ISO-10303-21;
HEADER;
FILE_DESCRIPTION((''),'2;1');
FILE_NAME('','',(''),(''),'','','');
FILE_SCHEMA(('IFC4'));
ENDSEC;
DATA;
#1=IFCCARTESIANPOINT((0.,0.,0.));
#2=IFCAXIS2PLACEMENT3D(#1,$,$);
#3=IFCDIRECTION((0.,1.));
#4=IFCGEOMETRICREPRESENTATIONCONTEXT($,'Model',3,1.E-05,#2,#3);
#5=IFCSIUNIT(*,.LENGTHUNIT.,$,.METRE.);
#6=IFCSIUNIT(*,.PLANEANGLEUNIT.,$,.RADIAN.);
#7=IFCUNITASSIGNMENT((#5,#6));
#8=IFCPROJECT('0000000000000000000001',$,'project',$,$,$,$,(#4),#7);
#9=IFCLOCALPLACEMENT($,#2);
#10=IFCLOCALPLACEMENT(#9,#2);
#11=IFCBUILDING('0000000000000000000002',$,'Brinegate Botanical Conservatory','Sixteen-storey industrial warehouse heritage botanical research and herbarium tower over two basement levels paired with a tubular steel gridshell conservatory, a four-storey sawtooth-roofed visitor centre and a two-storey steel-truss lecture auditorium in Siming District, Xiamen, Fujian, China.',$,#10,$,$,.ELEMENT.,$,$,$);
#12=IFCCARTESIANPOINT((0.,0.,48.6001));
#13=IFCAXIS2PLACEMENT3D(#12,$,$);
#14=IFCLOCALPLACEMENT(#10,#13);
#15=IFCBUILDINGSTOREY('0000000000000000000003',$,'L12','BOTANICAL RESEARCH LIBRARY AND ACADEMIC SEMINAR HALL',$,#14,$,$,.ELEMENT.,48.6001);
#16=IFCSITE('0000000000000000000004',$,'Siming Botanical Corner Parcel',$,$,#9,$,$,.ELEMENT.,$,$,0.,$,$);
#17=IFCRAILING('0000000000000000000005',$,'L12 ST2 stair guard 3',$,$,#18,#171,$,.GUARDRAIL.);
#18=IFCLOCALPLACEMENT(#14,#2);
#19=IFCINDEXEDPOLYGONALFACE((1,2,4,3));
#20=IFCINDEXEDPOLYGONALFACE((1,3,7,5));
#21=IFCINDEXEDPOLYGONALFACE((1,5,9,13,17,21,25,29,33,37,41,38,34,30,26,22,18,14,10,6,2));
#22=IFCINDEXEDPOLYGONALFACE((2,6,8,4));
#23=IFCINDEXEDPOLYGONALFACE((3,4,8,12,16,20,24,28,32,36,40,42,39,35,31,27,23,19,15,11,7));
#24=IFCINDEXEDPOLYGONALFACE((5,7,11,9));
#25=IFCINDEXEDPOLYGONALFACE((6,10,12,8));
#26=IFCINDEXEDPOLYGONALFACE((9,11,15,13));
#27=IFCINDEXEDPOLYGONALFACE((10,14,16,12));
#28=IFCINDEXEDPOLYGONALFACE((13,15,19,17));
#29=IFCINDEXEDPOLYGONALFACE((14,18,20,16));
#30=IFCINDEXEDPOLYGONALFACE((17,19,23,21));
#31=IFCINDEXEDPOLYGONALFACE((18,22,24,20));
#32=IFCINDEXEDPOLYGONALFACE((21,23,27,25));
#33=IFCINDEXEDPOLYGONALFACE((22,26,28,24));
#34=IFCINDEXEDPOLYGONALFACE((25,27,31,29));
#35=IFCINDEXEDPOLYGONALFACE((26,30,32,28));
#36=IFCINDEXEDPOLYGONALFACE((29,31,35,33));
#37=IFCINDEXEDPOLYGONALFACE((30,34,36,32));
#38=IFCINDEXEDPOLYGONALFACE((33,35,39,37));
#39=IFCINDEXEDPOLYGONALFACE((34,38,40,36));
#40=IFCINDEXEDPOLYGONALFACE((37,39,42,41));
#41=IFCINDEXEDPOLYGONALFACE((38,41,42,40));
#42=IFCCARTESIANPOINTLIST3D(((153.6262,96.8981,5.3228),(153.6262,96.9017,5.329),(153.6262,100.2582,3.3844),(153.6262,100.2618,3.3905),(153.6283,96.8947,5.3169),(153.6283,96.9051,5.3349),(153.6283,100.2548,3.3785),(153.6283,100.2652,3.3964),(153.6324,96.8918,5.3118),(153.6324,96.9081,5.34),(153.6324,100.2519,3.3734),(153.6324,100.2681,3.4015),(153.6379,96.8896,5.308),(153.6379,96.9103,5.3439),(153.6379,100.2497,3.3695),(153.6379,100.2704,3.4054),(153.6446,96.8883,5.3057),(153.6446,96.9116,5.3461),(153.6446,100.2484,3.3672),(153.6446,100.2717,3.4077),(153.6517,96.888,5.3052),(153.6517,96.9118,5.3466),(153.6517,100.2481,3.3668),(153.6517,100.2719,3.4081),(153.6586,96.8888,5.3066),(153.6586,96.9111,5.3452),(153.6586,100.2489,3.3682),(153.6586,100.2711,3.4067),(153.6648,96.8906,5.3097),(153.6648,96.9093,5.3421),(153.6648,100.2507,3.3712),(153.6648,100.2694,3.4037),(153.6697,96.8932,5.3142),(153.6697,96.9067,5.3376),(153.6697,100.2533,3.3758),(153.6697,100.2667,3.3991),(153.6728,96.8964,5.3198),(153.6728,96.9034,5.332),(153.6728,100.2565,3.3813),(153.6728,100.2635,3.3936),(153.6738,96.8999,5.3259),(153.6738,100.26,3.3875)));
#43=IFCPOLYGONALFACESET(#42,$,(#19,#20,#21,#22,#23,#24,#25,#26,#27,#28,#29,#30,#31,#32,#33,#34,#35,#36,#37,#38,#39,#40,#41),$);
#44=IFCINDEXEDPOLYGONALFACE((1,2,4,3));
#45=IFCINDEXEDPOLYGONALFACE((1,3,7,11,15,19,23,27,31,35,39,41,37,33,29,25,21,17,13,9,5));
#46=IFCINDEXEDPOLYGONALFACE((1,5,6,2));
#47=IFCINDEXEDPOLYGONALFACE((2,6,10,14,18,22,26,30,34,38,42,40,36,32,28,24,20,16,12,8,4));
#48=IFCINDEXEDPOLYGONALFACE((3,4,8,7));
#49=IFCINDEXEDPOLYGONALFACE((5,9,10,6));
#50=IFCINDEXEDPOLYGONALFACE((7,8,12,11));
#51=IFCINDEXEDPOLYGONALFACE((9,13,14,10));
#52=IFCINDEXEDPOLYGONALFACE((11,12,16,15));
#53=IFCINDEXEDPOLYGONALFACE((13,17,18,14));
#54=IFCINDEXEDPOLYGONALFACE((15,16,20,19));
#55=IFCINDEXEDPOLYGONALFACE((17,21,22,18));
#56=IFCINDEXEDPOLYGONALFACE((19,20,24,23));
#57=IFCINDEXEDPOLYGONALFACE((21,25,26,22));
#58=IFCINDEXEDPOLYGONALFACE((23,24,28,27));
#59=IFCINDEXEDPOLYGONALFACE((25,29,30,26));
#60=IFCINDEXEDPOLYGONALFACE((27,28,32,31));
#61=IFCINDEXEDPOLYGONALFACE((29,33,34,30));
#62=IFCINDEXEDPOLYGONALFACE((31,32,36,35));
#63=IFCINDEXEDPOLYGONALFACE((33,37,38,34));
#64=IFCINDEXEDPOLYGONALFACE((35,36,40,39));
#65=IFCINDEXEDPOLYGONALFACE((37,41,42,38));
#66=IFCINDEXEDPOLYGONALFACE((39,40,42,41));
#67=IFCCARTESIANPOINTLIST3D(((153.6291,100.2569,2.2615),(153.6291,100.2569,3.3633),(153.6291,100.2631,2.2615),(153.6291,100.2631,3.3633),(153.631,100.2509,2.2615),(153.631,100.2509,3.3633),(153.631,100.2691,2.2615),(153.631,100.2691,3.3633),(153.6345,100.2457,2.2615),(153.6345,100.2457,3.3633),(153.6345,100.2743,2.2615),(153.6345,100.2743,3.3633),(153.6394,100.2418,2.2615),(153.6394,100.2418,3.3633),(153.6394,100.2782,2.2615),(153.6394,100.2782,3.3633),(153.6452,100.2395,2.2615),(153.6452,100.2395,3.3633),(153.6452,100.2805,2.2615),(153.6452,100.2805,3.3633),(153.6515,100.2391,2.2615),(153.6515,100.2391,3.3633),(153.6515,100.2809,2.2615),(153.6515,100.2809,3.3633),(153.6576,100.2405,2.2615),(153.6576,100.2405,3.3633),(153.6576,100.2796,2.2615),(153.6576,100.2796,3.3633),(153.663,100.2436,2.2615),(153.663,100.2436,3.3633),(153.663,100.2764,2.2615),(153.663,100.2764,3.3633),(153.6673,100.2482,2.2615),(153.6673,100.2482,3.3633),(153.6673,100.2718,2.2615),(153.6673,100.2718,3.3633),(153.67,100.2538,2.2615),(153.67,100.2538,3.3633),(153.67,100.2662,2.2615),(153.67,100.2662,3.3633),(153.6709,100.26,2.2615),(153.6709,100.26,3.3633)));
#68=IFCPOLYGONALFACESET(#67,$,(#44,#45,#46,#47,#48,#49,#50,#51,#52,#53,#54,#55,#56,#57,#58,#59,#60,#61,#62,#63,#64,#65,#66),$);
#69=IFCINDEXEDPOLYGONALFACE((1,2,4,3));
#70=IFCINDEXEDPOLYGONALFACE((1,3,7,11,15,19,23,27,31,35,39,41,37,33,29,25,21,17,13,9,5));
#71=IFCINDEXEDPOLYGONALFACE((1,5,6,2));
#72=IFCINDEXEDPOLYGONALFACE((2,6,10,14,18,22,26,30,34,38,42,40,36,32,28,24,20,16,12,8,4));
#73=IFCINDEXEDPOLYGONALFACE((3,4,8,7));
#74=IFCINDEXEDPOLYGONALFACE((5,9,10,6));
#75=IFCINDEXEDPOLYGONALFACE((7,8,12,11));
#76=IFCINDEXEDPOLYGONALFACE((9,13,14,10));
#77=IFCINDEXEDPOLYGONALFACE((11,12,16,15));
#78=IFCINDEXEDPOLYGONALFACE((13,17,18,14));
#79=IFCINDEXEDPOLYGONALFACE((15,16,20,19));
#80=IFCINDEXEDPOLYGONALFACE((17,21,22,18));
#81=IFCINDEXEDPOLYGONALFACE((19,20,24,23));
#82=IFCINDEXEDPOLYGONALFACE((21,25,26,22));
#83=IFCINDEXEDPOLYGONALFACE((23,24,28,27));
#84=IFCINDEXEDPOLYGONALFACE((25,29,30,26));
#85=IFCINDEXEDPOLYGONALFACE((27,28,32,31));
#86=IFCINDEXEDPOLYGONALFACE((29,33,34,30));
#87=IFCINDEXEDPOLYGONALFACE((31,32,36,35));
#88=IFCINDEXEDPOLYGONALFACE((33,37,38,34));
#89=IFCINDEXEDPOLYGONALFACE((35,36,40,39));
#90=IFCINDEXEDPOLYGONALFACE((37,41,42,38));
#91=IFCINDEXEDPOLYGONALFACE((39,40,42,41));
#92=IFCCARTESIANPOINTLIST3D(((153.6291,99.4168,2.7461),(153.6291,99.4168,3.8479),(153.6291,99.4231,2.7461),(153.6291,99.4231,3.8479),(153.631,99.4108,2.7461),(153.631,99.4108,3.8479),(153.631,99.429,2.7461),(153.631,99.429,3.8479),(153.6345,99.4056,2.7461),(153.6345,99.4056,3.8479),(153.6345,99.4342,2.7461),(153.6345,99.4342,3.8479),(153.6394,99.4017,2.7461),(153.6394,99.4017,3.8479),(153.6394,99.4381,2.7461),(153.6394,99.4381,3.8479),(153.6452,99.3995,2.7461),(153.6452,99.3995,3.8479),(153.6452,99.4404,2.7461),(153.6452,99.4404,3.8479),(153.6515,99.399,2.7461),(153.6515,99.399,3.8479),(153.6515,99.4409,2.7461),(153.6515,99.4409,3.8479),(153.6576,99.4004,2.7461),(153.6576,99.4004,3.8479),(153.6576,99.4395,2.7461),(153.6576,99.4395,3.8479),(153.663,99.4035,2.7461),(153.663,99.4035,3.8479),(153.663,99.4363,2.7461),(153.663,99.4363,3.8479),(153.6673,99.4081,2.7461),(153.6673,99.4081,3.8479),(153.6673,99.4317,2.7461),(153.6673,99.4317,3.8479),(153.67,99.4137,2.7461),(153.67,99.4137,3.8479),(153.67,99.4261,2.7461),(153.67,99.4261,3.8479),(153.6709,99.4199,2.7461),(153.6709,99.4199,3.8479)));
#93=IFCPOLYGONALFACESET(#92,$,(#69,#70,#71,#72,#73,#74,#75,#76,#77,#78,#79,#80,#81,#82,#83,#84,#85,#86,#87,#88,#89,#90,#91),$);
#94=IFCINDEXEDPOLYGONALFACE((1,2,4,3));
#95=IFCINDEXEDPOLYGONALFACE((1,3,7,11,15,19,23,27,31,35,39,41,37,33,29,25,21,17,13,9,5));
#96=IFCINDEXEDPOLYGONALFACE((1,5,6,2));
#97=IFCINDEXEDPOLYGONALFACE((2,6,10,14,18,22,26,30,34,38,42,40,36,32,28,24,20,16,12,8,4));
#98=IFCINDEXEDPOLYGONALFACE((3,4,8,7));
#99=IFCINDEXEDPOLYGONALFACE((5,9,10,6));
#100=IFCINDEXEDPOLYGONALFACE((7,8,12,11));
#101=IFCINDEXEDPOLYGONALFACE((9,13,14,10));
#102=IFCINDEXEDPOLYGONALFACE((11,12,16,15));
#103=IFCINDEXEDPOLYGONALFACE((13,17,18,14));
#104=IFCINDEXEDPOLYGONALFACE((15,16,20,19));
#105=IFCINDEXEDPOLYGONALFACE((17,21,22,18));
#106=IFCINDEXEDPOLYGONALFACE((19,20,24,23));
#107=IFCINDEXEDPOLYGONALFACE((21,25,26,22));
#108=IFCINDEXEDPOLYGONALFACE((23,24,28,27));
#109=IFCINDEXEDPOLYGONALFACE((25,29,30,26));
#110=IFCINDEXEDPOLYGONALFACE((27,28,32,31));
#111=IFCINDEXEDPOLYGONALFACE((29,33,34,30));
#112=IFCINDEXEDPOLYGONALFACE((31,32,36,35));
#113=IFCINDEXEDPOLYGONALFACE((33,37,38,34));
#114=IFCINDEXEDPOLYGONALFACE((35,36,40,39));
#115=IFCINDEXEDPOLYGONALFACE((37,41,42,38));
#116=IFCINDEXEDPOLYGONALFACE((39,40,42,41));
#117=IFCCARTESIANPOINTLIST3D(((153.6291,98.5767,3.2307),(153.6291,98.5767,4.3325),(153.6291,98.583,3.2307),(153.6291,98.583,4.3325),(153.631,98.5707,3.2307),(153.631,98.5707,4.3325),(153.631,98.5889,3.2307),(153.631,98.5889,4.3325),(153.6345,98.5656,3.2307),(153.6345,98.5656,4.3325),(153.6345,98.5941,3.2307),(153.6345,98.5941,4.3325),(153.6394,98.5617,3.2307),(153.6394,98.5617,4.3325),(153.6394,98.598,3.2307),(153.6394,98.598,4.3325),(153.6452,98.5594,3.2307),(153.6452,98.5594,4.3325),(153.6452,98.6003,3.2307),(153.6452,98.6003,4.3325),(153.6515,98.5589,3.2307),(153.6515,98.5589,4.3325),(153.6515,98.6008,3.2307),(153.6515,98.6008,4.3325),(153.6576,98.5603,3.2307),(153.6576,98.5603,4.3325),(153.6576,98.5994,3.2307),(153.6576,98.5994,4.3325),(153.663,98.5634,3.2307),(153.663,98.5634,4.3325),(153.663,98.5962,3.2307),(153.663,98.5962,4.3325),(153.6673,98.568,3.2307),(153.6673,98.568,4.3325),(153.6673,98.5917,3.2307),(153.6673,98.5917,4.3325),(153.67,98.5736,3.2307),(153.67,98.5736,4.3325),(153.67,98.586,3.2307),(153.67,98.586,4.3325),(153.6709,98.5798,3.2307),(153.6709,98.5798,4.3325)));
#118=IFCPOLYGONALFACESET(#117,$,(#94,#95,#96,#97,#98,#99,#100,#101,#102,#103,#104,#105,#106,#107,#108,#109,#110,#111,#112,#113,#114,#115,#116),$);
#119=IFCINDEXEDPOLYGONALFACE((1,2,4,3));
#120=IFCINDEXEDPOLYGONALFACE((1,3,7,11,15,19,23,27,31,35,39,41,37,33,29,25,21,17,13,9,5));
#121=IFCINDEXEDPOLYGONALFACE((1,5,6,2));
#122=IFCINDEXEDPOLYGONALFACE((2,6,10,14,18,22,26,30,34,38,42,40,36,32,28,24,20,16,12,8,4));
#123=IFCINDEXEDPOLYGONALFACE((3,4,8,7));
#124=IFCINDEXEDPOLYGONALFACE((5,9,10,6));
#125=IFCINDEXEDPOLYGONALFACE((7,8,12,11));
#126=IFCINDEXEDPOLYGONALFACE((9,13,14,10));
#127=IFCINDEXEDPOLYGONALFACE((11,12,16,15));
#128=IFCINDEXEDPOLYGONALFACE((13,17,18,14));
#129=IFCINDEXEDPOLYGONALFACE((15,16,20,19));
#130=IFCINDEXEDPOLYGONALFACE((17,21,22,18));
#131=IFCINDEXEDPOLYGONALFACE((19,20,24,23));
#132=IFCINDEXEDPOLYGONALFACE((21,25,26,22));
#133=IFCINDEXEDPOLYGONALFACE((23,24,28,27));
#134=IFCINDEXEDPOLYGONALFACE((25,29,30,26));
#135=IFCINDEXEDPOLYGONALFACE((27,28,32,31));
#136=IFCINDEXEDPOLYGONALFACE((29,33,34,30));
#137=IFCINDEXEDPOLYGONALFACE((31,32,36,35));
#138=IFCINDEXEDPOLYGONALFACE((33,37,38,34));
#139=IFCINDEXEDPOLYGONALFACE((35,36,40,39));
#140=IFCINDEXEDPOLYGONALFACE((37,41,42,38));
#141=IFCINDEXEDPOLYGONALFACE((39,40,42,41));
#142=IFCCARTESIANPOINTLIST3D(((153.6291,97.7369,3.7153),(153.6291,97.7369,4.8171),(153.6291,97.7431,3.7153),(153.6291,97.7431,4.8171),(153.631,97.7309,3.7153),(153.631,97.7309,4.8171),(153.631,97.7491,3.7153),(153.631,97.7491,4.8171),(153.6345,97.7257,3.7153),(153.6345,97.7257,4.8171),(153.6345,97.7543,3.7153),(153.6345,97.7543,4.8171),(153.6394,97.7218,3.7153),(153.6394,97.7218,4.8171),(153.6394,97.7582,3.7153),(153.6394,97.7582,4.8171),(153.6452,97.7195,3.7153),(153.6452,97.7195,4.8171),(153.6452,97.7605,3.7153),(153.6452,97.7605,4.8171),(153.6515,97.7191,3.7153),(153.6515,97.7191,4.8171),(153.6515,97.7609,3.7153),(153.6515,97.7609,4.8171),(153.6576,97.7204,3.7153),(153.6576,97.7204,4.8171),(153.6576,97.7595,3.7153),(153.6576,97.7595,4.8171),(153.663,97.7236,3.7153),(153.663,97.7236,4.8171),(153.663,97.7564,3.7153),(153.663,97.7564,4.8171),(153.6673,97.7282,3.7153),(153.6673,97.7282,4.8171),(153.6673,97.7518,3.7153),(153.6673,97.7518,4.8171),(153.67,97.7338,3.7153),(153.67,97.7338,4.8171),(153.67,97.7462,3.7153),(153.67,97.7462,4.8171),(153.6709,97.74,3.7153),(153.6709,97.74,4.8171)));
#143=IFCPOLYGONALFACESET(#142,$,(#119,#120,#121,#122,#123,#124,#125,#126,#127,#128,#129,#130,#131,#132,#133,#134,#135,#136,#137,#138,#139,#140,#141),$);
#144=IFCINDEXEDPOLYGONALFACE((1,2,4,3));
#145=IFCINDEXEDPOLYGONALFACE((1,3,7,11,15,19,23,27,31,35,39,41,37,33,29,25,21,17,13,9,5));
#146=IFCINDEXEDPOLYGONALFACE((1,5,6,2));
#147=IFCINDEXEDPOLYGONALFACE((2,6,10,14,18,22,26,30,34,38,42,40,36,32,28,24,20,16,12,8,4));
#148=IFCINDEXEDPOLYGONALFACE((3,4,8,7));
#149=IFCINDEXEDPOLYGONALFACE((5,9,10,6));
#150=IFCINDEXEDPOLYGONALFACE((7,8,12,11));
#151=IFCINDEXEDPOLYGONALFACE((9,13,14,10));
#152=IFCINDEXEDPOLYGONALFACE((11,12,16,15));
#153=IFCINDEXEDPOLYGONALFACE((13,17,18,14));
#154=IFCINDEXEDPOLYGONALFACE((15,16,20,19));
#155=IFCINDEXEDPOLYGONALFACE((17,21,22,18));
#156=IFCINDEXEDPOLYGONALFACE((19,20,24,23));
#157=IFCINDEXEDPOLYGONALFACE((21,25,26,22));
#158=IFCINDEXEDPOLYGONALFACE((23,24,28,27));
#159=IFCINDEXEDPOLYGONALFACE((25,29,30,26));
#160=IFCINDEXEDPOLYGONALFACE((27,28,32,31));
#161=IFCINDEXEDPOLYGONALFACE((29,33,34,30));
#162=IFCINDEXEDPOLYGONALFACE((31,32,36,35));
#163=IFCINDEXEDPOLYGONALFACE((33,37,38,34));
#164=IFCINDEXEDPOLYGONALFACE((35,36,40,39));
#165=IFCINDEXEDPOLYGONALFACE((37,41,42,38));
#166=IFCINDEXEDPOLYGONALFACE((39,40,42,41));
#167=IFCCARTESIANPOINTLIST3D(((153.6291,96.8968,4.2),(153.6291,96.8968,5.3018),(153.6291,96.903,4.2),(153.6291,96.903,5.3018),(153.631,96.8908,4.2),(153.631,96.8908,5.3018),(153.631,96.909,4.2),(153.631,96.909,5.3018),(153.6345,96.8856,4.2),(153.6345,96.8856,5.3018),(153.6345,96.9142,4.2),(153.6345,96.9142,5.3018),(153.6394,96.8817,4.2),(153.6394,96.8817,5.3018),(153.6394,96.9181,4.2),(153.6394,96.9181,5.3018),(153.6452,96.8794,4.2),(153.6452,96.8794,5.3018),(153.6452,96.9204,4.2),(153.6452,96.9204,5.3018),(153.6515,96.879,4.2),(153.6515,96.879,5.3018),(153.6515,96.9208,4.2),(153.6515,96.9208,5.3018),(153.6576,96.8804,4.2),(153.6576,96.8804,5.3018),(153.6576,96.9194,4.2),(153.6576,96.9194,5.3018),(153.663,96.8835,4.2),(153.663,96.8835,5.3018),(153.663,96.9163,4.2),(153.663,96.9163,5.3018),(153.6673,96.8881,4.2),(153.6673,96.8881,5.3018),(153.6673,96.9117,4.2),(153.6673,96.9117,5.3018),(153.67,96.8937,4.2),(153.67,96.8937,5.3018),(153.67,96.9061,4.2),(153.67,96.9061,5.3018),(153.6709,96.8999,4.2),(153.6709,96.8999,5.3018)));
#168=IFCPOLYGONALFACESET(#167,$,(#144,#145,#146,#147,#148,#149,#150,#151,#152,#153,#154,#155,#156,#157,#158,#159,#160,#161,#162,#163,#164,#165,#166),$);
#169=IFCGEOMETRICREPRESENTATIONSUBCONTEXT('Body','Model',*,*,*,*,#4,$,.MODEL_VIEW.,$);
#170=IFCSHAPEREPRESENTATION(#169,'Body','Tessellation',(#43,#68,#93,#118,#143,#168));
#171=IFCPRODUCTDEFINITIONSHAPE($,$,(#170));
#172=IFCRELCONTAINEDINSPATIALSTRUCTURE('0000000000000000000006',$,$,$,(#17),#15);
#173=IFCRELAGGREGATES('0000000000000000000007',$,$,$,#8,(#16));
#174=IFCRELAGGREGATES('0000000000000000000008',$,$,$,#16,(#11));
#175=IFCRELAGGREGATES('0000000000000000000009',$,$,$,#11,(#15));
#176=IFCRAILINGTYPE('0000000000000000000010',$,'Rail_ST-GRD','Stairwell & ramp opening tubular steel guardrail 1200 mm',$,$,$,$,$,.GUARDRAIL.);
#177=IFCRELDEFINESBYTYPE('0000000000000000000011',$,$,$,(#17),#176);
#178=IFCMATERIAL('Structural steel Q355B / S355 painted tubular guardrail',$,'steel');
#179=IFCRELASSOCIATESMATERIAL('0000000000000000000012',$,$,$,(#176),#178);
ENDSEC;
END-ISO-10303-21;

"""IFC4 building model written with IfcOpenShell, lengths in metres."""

from ifc_helpers import new_model, si_unit, direction, frame, origin, origin_2d, place, context, subcontext, project, spatial, circle, extrude, material, type_object, element, save


model = new_model("IFC4")

# Units and contexts
model_context = context("Model", 3, precision=1e-05, world=origin(), true_north=direction((0.0, 1.0)))
body_context = subcontext(model_context, "Body", "Model", "MODEL_VIEW")
ifc_project = project(units=[si_unit("LENGTHUNIT", "METRE"), si_unit("PLANEANGLEUNIT", "RADIAN")], contexts=[model_context])

# Site, building, storey
site_placement = place(None, origin())
site = spatial("IfcSite", under=ifc_project, at=site_placement, Name="Siming Botanical Corner Parcel", CompositionType="ELEMENT", RefElevation=0.0)
building_placement = place(site_placement, origin())
building = spatial("IfcBuilding", under=site, at=building_placement, Name="Brinegate Botanical Conservatory", Description="Sixteen-storey industrial warehouse heritage botanical research and herbarium tower over two basement levels paired with a tubular steel gridshell conservatory, a four-storey sawtooth-roofed visitor centre and a two-storey steel-truss lecture auditorium in Siming District, Xiamen, Fujian, China.", CompositionType="ELEMENT")
storey_placement = place(building_placement, frame((0.0, 0.0, 48.6001)))
storey = spatial("IfcBuildingStorey", under=building, at=storey_placement, Name="L12", Description="BOTANICAL RESEARCH LIBRARY AND ACADEMIC SEMINAR HALL", CompositionType="ELEMENT", Elevation=48.6001)

# Railing
ifc_material_1 = material(Name="Structural steel Q355B / S355 painted tubular guardrail", Category="steel")
railing_type_1 = type_object("IfcRailingType", Name="Rail_ST-GRD", Description="Stairwell & ramp opening tubular steel guardrail 1200 mm", PredefinedType="GUARDRAIL", material=ifc_material_1)
railing_1_placement = place(storey_placement, frame((153.6499, 100.26, 2.2615)))
element("IfcRailing", 1, at=railing_1_placement, inside=storey, type_object=railing_type_1, Name="L12 ST2 stair guard 3", PredefinedType="GUARDRAIL", context=body_context, shape_type="SweptSolid", body=[
    extrude(circle(Radius=0.0239, at=origin_2d()), frame((0.0, 0.0, 1.126), z_axis=(0.0, -0.866191, 0.499713), x_axis=(1.0, 0.0, 0.0)), (0.0, 0.0, 1.0), 3.8792),
    extrude(circle(Radius=0.021, at=origin_2d()), origin(), (0.0, 0.0, 1.0), 1.1018),
    extrude(circle(Radius=0.021, at=origin_2d()), frame((0.0, -0.8401, 0.4846)), (0.0, 0.0, 1.0), 1.1018),
    extrude(circle(Radius=0.021, at=origin_2d()), frame((0.0, -1.6802, 0.9692)), (0.0, 0.0, 1.0), 1.1018),
    extrude(circle(Radius=0.021, at=origin_2d()), frame((0.0, -2.52, 1.4539)), (0.0, 0.0, 1.0), 1.1018),
    extrude(circle(Radius=0.021, at=origin_2d()), frame((0.0, -3.3601, 1.9385)), (0.0, 0.0, 1.0), 1.1018),
])

save(model, "model.ifc")
